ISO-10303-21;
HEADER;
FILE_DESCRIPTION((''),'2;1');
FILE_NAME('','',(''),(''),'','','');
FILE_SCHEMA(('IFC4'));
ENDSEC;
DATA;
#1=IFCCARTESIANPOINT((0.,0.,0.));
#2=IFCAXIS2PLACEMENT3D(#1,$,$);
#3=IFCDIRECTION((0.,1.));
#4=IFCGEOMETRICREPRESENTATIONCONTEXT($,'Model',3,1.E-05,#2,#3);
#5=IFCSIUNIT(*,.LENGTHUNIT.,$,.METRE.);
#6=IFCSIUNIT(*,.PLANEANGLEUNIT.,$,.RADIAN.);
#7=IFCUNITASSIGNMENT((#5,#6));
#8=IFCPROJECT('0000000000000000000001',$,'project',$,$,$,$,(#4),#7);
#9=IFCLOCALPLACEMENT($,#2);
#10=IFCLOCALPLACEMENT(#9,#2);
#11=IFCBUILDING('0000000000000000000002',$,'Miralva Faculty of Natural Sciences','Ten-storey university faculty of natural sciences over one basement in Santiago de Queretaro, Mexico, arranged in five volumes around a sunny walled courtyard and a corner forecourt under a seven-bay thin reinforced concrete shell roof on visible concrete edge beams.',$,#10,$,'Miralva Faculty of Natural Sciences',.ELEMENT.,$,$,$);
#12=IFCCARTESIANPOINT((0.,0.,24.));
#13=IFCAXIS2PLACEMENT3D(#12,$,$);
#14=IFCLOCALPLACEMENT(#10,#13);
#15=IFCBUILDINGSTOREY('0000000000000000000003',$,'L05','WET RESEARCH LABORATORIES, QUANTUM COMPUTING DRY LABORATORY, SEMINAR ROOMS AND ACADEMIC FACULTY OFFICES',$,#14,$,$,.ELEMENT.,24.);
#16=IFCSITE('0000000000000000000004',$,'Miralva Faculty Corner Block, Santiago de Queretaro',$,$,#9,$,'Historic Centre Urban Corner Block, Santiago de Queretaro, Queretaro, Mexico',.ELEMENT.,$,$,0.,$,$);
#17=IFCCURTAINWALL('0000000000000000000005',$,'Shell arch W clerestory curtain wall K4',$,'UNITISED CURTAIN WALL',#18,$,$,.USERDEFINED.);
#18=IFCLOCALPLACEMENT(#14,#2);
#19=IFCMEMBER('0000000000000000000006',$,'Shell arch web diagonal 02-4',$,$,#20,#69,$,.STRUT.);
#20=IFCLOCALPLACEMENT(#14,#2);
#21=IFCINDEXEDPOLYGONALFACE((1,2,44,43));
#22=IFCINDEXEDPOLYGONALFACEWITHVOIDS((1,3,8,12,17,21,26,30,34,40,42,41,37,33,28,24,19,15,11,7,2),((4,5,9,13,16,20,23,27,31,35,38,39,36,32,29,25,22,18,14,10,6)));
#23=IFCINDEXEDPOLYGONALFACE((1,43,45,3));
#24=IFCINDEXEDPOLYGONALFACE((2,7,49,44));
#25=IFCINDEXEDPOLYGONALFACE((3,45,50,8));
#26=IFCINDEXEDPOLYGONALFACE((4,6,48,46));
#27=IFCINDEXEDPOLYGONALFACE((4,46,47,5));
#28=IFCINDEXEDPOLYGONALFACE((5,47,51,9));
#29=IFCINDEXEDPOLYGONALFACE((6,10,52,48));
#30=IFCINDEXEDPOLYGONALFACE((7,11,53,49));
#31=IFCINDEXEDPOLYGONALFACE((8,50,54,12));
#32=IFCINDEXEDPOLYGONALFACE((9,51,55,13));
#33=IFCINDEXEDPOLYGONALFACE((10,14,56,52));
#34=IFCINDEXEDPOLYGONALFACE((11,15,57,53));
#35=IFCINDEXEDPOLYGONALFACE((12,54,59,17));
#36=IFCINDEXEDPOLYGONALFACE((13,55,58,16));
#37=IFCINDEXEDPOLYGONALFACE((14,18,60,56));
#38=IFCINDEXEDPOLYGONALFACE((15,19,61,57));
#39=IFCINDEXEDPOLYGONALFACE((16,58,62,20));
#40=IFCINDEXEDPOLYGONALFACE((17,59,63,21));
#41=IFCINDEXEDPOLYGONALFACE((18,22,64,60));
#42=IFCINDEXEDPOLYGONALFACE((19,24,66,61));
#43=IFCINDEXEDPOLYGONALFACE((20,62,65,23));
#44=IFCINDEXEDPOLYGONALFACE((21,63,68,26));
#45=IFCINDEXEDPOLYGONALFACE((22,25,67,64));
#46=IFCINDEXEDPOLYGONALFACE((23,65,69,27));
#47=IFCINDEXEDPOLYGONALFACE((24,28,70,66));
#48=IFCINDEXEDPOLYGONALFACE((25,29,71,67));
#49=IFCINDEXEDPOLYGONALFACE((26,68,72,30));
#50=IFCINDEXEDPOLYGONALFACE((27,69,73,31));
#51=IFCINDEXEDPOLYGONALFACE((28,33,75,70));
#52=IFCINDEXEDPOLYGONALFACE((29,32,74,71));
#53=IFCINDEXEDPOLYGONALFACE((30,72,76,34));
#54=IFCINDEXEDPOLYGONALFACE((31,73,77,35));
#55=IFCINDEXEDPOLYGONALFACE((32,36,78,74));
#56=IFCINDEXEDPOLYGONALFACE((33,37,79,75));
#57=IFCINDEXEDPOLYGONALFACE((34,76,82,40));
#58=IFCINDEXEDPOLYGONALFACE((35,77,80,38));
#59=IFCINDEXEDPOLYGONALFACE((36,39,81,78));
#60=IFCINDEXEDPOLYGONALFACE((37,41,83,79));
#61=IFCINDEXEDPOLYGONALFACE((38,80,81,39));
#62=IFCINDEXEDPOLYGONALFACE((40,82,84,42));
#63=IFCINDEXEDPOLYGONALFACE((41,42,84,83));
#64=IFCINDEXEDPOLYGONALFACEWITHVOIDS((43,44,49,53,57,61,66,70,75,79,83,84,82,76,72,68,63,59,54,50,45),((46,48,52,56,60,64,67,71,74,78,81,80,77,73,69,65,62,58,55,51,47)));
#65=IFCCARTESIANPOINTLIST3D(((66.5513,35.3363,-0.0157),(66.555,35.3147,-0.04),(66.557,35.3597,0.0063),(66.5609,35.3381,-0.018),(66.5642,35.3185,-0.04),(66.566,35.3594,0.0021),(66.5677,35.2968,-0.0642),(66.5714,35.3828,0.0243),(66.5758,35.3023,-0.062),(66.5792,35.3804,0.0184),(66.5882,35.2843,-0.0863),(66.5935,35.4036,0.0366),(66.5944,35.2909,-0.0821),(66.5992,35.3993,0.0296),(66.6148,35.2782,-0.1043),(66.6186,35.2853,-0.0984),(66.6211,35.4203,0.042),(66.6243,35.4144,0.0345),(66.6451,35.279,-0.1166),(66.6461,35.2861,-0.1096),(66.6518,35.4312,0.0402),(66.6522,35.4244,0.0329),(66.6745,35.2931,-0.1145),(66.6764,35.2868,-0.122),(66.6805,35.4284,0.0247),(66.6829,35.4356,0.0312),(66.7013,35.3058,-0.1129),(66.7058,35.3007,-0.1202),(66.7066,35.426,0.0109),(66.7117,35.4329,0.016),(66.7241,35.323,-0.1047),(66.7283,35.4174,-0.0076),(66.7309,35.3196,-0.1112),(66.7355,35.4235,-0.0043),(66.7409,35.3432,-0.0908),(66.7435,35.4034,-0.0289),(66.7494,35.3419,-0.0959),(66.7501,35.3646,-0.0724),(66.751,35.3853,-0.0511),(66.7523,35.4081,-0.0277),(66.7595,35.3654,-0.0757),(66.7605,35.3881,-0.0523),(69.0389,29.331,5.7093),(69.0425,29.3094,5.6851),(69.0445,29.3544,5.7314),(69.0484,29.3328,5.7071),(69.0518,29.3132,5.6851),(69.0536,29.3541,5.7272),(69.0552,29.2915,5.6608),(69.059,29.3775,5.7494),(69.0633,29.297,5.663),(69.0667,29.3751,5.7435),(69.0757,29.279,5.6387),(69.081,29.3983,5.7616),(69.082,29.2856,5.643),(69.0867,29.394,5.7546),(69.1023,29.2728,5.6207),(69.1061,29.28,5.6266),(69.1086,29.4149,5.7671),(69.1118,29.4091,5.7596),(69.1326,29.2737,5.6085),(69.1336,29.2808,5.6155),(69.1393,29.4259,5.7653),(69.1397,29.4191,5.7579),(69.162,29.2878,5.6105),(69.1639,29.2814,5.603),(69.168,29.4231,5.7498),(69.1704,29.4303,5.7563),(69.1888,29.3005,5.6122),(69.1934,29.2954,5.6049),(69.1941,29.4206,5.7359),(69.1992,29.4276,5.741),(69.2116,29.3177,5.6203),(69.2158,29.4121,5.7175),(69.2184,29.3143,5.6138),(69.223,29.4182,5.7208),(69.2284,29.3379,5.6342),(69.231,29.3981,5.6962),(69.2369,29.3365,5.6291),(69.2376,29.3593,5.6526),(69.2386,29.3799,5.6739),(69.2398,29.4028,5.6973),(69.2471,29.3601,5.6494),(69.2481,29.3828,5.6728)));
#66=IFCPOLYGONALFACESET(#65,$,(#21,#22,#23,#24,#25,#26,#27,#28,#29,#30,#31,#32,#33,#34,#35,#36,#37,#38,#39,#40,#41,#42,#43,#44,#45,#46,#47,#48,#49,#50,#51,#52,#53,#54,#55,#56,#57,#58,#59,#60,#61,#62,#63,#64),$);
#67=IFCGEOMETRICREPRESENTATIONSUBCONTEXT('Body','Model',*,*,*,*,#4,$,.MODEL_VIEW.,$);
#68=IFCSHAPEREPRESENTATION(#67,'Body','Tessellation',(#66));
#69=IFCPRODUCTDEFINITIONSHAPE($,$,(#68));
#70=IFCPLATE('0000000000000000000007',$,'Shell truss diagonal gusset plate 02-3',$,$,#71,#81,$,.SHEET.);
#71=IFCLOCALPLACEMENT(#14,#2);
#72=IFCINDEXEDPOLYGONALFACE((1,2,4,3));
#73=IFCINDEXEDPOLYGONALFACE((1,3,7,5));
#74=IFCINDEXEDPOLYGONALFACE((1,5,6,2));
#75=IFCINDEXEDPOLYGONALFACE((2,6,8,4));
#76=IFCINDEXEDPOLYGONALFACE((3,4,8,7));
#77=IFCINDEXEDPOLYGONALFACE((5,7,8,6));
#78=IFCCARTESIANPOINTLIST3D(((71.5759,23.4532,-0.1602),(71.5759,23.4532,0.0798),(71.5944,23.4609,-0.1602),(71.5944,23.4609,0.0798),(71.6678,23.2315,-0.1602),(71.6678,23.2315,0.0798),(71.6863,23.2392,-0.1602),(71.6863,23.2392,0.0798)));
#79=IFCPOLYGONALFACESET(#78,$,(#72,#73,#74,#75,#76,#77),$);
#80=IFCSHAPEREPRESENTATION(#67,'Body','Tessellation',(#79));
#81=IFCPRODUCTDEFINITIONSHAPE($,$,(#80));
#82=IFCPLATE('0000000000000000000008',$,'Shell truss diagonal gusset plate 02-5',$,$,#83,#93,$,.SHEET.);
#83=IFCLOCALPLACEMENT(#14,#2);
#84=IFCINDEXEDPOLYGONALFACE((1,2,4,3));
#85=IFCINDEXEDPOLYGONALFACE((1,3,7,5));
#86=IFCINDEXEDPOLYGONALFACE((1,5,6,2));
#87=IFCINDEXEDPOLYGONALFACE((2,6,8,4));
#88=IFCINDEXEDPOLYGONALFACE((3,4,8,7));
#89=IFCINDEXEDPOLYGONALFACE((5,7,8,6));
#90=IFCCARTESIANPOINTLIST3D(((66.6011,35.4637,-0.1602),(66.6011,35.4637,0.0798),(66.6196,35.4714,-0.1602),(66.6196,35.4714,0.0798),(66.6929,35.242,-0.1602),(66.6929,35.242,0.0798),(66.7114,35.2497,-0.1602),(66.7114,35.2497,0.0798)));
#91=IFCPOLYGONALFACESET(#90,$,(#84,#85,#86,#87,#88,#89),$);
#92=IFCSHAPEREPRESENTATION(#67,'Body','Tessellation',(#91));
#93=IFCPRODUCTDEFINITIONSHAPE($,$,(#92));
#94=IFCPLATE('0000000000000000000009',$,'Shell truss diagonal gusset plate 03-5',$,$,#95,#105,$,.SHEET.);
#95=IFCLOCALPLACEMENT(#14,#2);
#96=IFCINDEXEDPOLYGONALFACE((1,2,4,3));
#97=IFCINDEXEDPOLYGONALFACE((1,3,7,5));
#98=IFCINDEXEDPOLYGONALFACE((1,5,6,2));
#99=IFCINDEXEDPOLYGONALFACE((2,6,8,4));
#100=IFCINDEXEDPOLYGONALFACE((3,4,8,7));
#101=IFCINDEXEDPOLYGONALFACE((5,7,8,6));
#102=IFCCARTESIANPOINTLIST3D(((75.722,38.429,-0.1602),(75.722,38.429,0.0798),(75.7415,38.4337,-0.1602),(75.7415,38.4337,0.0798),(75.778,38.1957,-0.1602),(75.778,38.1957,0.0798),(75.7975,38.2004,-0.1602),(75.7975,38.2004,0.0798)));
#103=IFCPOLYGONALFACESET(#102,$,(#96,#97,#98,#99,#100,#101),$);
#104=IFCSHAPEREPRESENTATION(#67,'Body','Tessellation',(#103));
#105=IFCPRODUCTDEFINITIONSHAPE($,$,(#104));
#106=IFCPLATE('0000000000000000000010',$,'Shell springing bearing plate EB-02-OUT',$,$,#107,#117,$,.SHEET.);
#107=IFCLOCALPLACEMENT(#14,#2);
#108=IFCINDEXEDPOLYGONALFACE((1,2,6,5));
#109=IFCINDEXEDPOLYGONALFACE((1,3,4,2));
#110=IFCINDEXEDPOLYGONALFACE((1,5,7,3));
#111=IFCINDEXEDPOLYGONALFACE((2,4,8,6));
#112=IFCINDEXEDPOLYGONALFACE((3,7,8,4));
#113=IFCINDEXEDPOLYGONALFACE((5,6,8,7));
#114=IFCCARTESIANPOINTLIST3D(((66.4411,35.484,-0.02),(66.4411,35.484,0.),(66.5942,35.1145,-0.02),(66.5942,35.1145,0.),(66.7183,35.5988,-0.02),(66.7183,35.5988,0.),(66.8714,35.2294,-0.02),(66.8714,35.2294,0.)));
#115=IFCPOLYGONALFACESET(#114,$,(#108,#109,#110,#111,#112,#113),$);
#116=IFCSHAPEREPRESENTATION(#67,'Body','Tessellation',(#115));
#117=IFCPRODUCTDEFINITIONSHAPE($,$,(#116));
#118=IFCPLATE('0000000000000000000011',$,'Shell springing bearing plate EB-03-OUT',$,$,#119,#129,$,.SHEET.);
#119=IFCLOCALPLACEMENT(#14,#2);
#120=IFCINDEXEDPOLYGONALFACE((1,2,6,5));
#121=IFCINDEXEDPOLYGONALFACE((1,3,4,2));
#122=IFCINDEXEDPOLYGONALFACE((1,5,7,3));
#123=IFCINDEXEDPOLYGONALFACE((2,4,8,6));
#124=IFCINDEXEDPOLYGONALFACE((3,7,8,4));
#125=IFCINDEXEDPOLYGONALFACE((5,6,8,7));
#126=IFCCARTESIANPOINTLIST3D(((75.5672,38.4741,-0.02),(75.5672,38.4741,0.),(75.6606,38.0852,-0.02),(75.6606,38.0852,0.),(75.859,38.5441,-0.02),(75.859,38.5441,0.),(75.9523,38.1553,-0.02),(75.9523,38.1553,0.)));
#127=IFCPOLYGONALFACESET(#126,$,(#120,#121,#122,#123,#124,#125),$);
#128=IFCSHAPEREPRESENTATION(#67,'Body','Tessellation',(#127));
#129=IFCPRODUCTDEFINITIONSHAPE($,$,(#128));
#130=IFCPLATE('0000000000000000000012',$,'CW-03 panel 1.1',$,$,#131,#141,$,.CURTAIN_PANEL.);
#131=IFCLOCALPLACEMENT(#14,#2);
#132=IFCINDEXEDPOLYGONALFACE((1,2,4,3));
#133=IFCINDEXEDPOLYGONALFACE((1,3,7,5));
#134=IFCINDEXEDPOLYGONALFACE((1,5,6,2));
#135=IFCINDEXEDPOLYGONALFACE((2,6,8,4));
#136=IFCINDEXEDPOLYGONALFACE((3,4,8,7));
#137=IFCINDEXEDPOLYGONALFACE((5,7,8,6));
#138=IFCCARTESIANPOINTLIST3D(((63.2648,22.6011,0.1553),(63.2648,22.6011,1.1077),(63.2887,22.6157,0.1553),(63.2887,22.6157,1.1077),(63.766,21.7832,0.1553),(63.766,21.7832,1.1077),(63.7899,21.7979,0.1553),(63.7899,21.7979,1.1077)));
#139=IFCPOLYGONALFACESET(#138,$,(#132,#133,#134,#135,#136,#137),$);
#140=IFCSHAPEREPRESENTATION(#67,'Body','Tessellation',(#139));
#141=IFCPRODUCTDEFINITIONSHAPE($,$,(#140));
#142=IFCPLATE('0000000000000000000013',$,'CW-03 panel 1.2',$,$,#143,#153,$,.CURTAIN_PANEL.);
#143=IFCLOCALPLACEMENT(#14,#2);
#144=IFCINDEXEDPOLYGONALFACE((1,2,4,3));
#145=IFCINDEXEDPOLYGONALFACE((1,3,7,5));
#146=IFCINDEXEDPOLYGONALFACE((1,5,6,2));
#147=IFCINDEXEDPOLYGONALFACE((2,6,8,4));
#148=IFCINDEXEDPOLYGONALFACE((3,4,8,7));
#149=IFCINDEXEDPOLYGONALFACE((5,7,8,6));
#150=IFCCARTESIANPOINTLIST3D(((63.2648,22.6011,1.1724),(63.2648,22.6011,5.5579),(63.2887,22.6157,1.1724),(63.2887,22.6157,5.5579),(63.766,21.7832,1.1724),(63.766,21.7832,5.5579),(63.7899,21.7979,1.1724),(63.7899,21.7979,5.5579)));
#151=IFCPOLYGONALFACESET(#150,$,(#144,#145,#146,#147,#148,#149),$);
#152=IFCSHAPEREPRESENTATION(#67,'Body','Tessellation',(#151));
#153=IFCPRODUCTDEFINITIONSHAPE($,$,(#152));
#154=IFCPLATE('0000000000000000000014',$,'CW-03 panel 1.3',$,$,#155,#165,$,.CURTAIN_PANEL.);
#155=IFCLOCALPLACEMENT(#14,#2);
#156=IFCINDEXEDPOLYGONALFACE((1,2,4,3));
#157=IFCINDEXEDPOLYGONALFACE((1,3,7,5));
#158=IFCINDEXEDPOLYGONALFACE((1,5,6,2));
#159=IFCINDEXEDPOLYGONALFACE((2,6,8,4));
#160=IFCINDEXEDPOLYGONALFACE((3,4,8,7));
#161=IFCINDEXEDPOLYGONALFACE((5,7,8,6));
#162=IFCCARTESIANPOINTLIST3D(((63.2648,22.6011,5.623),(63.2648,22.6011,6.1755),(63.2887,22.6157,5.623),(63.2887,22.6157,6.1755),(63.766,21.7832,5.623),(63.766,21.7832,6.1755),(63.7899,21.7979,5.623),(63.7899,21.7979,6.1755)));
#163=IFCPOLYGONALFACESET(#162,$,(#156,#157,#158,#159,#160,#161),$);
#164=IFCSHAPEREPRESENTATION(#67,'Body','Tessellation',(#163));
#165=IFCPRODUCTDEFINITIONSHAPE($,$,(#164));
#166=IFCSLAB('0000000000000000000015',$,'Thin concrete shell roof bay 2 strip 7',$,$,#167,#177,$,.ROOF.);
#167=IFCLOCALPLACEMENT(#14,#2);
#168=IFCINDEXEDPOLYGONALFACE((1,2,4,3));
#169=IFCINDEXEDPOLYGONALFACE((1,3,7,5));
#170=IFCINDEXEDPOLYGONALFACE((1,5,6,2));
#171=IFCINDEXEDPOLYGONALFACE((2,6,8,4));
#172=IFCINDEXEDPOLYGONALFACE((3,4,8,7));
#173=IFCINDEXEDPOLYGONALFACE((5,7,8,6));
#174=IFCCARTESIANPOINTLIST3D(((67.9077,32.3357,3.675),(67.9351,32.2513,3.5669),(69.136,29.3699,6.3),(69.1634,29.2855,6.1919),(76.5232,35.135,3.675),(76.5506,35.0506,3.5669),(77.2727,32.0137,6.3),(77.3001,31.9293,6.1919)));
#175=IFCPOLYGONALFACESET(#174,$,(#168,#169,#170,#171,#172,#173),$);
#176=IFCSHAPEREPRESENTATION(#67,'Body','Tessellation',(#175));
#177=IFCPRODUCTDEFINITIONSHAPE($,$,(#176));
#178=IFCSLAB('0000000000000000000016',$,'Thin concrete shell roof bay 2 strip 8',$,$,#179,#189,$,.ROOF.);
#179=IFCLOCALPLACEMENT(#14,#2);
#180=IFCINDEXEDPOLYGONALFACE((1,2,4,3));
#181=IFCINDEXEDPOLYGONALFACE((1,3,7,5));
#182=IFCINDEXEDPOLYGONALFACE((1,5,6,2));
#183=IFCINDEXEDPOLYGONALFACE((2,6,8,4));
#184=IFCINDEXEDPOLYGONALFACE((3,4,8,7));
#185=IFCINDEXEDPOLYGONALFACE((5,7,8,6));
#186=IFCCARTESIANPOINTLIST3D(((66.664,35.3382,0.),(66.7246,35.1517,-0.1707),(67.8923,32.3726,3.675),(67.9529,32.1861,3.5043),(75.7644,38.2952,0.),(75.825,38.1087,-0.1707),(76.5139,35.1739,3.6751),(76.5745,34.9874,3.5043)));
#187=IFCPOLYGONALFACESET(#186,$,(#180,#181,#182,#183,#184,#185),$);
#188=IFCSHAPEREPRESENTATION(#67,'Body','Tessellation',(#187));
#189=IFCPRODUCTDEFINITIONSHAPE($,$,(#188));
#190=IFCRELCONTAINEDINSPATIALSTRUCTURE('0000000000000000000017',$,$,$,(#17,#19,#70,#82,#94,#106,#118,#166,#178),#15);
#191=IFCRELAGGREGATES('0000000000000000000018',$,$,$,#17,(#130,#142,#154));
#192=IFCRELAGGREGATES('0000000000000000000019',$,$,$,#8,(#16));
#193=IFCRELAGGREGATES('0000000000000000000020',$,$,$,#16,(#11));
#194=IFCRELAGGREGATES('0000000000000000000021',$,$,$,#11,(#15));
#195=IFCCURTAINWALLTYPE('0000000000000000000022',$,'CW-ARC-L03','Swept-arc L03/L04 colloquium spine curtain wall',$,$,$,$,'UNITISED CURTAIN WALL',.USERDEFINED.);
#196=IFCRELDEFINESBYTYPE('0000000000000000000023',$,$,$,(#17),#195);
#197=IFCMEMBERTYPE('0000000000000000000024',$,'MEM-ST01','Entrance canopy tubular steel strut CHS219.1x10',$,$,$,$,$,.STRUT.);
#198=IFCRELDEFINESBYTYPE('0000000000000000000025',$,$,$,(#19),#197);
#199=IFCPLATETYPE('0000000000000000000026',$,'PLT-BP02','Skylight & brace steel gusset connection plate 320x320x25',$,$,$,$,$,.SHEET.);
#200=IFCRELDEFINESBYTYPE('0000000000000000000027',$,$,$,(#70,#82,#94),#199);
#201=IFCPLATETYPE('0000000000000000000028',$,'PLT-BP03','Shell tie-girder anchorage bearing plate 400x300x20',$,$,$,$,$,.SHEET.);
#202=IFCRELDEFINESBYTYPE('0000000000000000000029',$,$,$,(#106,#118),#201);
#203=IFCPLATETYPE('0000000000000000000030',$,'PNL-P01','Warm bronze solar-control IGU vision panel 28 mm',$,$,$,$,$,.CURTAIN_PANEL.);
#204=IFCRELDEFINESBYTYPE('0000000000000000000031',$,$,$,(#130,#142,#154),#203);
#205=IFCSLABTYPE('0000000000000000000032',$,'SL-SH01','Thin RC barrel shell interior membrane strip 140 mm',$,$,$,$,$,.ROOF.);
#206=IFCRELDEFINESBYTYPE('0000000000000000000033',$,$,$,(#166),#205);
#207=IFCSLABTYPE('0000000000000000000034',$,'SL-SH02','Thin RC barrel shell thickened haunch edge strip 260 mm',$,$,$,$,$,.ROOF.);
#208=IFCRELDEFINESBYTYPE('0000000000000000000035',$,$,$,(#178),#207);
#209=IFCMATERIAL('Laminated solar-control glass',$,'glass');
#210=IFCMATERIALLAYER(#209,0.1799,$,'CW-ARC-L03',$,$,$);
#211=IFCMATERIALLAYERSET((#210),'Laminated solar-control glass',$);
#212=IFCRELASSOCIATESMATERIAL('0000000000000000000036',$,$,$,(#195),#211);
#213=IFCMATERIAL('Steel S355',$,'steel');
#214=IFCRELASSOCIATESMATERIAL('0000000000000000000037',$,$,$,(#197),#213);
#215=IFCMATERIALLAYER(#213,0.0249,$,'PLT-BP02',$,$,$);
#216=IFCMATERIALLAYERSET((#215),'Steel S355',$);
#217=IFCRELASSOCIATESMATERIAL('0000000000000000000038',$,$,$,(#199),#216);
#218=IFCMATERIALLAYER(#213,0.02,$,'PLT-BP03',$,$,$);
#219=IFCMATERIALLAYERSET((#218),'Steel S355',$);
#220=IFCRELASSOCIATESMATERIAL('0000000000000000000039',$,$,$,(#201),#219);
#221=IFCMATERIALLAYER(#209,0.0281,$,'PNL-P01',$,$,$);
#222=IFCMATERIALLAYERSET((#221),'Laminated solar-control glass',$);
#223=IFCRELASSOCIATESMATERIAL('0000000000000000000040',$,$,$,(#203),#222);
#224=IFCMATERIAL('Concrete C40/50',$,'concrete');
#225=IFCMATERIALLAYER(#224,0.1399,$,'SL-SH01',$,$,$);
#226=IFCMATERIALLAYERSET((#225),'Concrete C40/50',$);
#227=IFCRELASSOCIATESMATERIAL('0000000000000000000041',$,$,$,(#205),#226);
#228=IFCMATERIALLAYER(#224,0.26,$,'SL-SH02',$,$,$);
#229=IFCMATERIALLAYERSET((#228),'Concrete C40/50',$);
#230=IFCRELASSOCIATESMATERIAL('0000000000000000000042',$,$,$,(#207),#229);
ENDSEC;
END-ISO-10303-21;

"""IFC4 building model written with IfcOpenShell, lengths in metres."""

from ifc_helpers import new_model, si_unit, direction, frame, origin, origin_2d, place, context, subcontext, project, spatial, polyline, rectangle, hollow_circle, outline, extrude, material, layer, layer_set, material_profile, profile_set, type_object, element, aggregate, save


model = new_model("IFC4")

# Units and contexts
model_context = context("Model", 3, precision=1e-05, world=origin(), true_north=direction((0.0, 1.0)))
body_context = subcontext(model_context, "Body", "Model", "MODEL_VIEW")
ifc_project = project(units=[si_unit("LENGTHUNIT", "METRE"), si_unit("PLANEANGLEUNIT", "RADIAN")], contexts=[model_context])

# Site, building, storey
site_placement = place(None, origin())
site = spatial("IfcSite", under=ifc_project, at=site_placement, Name="Miralva Faculty Corner Block, Santiago de Queretaro", LongName="Historic Centre Urban Corner Block, Santiago de Queretaro, Queretaro, Mexico", CompositionType="ELEMENT", RefElevation=0.0)
building_placement = place(site_placement, origin())
building = spatial("IfcBuilding", under=site, at=building_placement, Name="Miralva Faculty of Natural Sciences", Description="Ten-storey university faculty of natural sciences over one basement in Santiago de Queretaro, Mexico, arranged in five volumes around a sunny walled courtyard and a corner forecourt under a seven-bay thin reinforced concrete shell roof on visible concrete edge beams.", LongName="Miralva Faculty of Natural Sciences", CompositionType="ELEMENT")
storey_placement = place(building_placement, frame((0.0, 0.0, 24.0)))
storey = spatial("IfcBuildingStorey", under=building, at=storey_placement, Name="L05", Description="WET RESEARCH LABORATORIES, QUANTUM COMPUTING DRY LABORATORY, SEMINAR ROOMS AND ACADEMIC FACULTY OFFICES", CompositionType="ELEMENT", Elevation=24.0)

# Shared definitions
ifc_material_1 = material(Name="Concrete C40/50", Category="concrete")
ifc_material_2 = material(Name="Steel S355", Category="steel")

# Curtain wall
ifc_material_3 = material(Name="Laminated solar-control glass", Category="glass")
ifc_layer_1 = layer(ifc_material_3, 0.1799, Name="CW-ARC-L03")
ifc_layer_set_1 = layer_set([ifc_layer_1], Name="Laminated solar-control glass")
curtain_wall_type = type_object("IfcCurtainWallType", Name="CW-ARC-L03", Description="Swept-arc L03/L04 colloquium spine curtain wall", ElementType="UNITISED CURTAIN WALL", PredefinedType="USERDEFINED", material=ifc_layer_set_1)
curtain_wall_1_placement = place(storey_placement, origin())
curtain_wall_1 = element("IfcCurtainWall", 1, at=curtain_wall_1_placement, inside=storey, type_object=curtain_wall_type, Name="Shell arch W clerestory curtain wall K4", ObjectType="UNITISED CURTAIN WALL", PredefinedType="USERDEFINED")

# Member
ifc_material_profile_1 = material_profile(ifc_material_2, hollow_circle(Radius=0.1096, WallThickness=0.01, at=origin_2d()), Name="CHS 219.1x10")
ifc_profile_set_1 = profile_set([ifc_material_profile_1], Name="Steel S355")
member_type_1 = type_object("IfcMemberType", Name="MEM-ST01", Description="Entrance canopy tubular steel strut CHS219.1x10", PredefinedType="STRUT", material=ifc_profile_set_1)
member_1_placement = place(storey_placement, frame((69.1438, 29.3513, 5.6851), z_axis=(-0.287182, 0.693306, -0.660949), x_axis=(-0.923877, -0.382689, 0.0)))
element("IfcMember", 2, at=member_1_placement, inside=storey, type_object=member_type_1, Name="Shell arch web diagonal 02-4", PredefinedType="STRUT", context=body_context, shape_type="SweptSolid", body=[
    extrude(hollow_circle(Radius=0.1096, WallThickness=0.01, at=origin_2d()), origin(), (0.0, 0.0, 1.0), 8.6619),
])

# Plates
ifc_layer_2 = layer(ifc_material_2, 0.0249, Name="PLT-BP02")
ifc_layer_set_2 = layer_set([ifc_layer_2], Name="Steel S355")
plate_type_1 = type_object("IfcPlateType", Name="PLT-BP02", Description="Skylight & brace steel gusset connection plate 320x320x25", PredefinedType="SHEET", material=ifc_layer_set_2)
for number, where, z_axis, x_axis, name in (
    (3, (71.6311, 23.3462, -0.1602), (0.0, 0.0, 1.0), (-0.382683, 0.92388, 0.0), "Shell truss diagonal gusset plate 02-3"),
    (4, (66.6562, 35.3567, -0.1602), (0.0, 0.0, 1.0), (-0.382683, 0.92388, 0.0), "Shell truss diagonal gusset plate 02-5"),
    (5, (75.7598, 38.3147, -0.1602), (0.0, 0.0, 1.0), (-0.233445, 0.97237, 0.0), "Shell truss diagonal gusset plate 03-5"),
):
    element("IfcPlate", number, at=place(storey_placement, frame(where, z_axis=z_axis, x_axis=x_axis)), inside=storey, type_object=plate_type_1, Name=name, PredefinedType="SHEET", context=body_context, shape_type="SweptSolid", body=[
        extrude(rectangle(XDim=0.24, YDim=0.02, at=origin_2d()), origin(), (0.0, 0.0, 1.0), 0.24),
    ])
ifc_layer_3 = layer(ifc_material_2, 0.02, Name="PLT-BP03")
ifc_layer_set_3 = layer_set([ifc_layer_3], Name="Steel S355")
plate_type_2 = type_object("IfcPlateType", Name="PLT-BP03", Description="Shell tie-girder anchorage bearing plate 400x300x20", PredefinedType="SHEET", material=ifc_layer_set_3)
for number, where, z_axis, x_axis, name in (
    (6, (66.6562, 35.3567, -0.02), (0.0, 0.0, 1.0), (-0.382683, 0.92388, 0.0), "Shell springing bearing plate EB-02-OUT"),
    (7, (75.7598, 38.3147, -0.02), (0.0, 0.0, 1.0), (-0.233445, 0.97237, 0.0), "Shell springing bearing plate EB-03-OUT"),
):
    element("IfcPlate", number, at=place(storey_placement, frame(where, z_axis=z_axis, x_axis=x_axis)), inside=storey, type_object=plate_type_2, Name=name, PredefinedType="SHEET", context=body_context, shape_type="SweptSolid", body=[
        extrude(rectangle(XDim=0.3999, YDim=0.3, at=origin_2d()), origin(), (0.0, 0.0, 1.0), 0.02),
    ])

# Plates
ifc_layer_4 = layer(ifc_material_3, 0.0281, Name="PNL-P01")
ifc_layer_set_4 = layer_set([ifc_layer_4], Name="Laminated solar-control glass")
plate_type_3 = type_object("IfcPlateType", Name="PNL-P01", Description="Warm bronze solar-control IGU vision panel 28 mm", PredefinedType="CURTAIN_PANEL", material=ifc_layer_set_4)
plate_1_placement = place(storey_placement, frame((63.5273, 22.1995, 0.1553), z_axis=(0.0, 0.0, 1.0), x_axis=(0.522512, -0.852632, 0.0)))
plate_1 = element("IfcPlate", 8, at=plate_1_placement, type_object=plate_type_3, Name="CW-03 panel 1.1", PredefinedType="CURTAIN_PANEL", context=body_context, shape_type="SweptSolid", body=[
    extrude(rectangle(XDim=0.9592, YDim=0.0281, at=origin_2d()), origin(), (0.0, 0.0, 1.0), 0.9524),
])
plate_2_placement = place(storey_placement, frame((63.5273, 22.1995, 1.1724), z_axis=(0.0, 0.0, 1.0), x_axis=(0.522512, -0.852632, 0.0)))
plate_2 = element("IfcPlate", 9, at=plate_2_placement, type_object=plate_type_3, Name="CW-03 panel 1.2", PredefinedType="CURTAIN_PANEL", context=body_context, shape_type="SweptSolid", body=[
    extrude(rectangle(XDim=0.9592, YDim=0.0281, at=origin_2d()), origin(), (0.0, 0.0, 1.0), 4.3855),
])
plate_3_placement = place(storey_placement, frame((63.5273, 22.1995, 5.623), z_axis=(0.0, 0.0, 1.0), x_axis=(0.522512, -0.852632, 0.0)))
plate_3 = element("IfcPlate", 10, at=plate_3_placement, type_object=plate_type_3, Name="CW-03 panel 1.3", PredefinedType="CURTAIN_PANEL", context=body_context, shape_type="SweptSolid", body=[
    extrude(rectangle(XDim=0.9592, YDim=0.0281, at=origin_2d()), origin(), (0.0, 0.0, 1.0), 0.5525),
])
aggregate(curtain_wall_1, [plate_1, plate_2, plate_3])

# Slabs
ifc_layer_5 = layer(ifc_material_1, 0.1399, Name="SL-SH01")
ifc_layer_set_5 = layer_set([ifc_layer_5], Name="Concrete C40/50")
slab_type_1 = type_object("IfcSlabType", Name="SL-SH01", Description="Thin RC barrel shell interior membrane strip 140 mm", PredefinedType="ROOF", material=ifc_layer_set_5)
slab_1_placement = place(storey_placement, frame((69.136, 29.3699, 6.3), z_axis=(-0.195979, 0.60316, 0.773169), x_axis=(0.951056, 0.309018, -0.000001)))
element("IfcSlab", 11, at=slab_1_placement, inside=storey, type_object=slab_type_1, Name="Thin concrete shell roof bay 2 strip 7", PredefinedType="ROOF", context=body_context, shape_type="SweptSolid", body=[
    extrude(outline(polyline([(0.0, 0.0), (8.5555, 0.0), (8.8072, 4.1391), (-0.2517, 4.1391), (0.0, 0.0)])), origin(), (0.0, 0.0, -1.0), 0.1399),
])
ifc_layer_6 = layer(ifc_material_1, 0.26, Name="SL-SH02")
ifc_layer_set_6 = layer_set([ifc_layer_6], Name="Concrete C40/50")
slab_type_2 = type_object("IfcSlabType", Name="SL-SH02", Description="Thin RC barrel shell thickened haunch edge strip 260 mm", PredefinedType="ROOF", material=ifc_layer_set_6)
slab_2_placement = place(storey_placement, frame((67.8923, 32.3726, 3.675), z_axis=(-0.233052, 0.717247, 0.656691), x_axis=(0.951056, 0.309017, 0.000005)))
element("IfcSlab", 12, at=slab_2_placement, inside=storey, type_object=slab_type_2, Name="Thin concrete shell roof bay 2 strip 8", PredefinedType="ROOF", context=body_context, shape_type="SweptSolid", body=[
    extrude(outline(polyline([(0.0, 0.0), (9.0653, 0.0), (9.317, 4.8731), (-0.2518, 4.873), (0.0, 0.0)])), origin(), (0.0, 0.0, -1.0), 0.26),
])

save(model, "model.ifc")
